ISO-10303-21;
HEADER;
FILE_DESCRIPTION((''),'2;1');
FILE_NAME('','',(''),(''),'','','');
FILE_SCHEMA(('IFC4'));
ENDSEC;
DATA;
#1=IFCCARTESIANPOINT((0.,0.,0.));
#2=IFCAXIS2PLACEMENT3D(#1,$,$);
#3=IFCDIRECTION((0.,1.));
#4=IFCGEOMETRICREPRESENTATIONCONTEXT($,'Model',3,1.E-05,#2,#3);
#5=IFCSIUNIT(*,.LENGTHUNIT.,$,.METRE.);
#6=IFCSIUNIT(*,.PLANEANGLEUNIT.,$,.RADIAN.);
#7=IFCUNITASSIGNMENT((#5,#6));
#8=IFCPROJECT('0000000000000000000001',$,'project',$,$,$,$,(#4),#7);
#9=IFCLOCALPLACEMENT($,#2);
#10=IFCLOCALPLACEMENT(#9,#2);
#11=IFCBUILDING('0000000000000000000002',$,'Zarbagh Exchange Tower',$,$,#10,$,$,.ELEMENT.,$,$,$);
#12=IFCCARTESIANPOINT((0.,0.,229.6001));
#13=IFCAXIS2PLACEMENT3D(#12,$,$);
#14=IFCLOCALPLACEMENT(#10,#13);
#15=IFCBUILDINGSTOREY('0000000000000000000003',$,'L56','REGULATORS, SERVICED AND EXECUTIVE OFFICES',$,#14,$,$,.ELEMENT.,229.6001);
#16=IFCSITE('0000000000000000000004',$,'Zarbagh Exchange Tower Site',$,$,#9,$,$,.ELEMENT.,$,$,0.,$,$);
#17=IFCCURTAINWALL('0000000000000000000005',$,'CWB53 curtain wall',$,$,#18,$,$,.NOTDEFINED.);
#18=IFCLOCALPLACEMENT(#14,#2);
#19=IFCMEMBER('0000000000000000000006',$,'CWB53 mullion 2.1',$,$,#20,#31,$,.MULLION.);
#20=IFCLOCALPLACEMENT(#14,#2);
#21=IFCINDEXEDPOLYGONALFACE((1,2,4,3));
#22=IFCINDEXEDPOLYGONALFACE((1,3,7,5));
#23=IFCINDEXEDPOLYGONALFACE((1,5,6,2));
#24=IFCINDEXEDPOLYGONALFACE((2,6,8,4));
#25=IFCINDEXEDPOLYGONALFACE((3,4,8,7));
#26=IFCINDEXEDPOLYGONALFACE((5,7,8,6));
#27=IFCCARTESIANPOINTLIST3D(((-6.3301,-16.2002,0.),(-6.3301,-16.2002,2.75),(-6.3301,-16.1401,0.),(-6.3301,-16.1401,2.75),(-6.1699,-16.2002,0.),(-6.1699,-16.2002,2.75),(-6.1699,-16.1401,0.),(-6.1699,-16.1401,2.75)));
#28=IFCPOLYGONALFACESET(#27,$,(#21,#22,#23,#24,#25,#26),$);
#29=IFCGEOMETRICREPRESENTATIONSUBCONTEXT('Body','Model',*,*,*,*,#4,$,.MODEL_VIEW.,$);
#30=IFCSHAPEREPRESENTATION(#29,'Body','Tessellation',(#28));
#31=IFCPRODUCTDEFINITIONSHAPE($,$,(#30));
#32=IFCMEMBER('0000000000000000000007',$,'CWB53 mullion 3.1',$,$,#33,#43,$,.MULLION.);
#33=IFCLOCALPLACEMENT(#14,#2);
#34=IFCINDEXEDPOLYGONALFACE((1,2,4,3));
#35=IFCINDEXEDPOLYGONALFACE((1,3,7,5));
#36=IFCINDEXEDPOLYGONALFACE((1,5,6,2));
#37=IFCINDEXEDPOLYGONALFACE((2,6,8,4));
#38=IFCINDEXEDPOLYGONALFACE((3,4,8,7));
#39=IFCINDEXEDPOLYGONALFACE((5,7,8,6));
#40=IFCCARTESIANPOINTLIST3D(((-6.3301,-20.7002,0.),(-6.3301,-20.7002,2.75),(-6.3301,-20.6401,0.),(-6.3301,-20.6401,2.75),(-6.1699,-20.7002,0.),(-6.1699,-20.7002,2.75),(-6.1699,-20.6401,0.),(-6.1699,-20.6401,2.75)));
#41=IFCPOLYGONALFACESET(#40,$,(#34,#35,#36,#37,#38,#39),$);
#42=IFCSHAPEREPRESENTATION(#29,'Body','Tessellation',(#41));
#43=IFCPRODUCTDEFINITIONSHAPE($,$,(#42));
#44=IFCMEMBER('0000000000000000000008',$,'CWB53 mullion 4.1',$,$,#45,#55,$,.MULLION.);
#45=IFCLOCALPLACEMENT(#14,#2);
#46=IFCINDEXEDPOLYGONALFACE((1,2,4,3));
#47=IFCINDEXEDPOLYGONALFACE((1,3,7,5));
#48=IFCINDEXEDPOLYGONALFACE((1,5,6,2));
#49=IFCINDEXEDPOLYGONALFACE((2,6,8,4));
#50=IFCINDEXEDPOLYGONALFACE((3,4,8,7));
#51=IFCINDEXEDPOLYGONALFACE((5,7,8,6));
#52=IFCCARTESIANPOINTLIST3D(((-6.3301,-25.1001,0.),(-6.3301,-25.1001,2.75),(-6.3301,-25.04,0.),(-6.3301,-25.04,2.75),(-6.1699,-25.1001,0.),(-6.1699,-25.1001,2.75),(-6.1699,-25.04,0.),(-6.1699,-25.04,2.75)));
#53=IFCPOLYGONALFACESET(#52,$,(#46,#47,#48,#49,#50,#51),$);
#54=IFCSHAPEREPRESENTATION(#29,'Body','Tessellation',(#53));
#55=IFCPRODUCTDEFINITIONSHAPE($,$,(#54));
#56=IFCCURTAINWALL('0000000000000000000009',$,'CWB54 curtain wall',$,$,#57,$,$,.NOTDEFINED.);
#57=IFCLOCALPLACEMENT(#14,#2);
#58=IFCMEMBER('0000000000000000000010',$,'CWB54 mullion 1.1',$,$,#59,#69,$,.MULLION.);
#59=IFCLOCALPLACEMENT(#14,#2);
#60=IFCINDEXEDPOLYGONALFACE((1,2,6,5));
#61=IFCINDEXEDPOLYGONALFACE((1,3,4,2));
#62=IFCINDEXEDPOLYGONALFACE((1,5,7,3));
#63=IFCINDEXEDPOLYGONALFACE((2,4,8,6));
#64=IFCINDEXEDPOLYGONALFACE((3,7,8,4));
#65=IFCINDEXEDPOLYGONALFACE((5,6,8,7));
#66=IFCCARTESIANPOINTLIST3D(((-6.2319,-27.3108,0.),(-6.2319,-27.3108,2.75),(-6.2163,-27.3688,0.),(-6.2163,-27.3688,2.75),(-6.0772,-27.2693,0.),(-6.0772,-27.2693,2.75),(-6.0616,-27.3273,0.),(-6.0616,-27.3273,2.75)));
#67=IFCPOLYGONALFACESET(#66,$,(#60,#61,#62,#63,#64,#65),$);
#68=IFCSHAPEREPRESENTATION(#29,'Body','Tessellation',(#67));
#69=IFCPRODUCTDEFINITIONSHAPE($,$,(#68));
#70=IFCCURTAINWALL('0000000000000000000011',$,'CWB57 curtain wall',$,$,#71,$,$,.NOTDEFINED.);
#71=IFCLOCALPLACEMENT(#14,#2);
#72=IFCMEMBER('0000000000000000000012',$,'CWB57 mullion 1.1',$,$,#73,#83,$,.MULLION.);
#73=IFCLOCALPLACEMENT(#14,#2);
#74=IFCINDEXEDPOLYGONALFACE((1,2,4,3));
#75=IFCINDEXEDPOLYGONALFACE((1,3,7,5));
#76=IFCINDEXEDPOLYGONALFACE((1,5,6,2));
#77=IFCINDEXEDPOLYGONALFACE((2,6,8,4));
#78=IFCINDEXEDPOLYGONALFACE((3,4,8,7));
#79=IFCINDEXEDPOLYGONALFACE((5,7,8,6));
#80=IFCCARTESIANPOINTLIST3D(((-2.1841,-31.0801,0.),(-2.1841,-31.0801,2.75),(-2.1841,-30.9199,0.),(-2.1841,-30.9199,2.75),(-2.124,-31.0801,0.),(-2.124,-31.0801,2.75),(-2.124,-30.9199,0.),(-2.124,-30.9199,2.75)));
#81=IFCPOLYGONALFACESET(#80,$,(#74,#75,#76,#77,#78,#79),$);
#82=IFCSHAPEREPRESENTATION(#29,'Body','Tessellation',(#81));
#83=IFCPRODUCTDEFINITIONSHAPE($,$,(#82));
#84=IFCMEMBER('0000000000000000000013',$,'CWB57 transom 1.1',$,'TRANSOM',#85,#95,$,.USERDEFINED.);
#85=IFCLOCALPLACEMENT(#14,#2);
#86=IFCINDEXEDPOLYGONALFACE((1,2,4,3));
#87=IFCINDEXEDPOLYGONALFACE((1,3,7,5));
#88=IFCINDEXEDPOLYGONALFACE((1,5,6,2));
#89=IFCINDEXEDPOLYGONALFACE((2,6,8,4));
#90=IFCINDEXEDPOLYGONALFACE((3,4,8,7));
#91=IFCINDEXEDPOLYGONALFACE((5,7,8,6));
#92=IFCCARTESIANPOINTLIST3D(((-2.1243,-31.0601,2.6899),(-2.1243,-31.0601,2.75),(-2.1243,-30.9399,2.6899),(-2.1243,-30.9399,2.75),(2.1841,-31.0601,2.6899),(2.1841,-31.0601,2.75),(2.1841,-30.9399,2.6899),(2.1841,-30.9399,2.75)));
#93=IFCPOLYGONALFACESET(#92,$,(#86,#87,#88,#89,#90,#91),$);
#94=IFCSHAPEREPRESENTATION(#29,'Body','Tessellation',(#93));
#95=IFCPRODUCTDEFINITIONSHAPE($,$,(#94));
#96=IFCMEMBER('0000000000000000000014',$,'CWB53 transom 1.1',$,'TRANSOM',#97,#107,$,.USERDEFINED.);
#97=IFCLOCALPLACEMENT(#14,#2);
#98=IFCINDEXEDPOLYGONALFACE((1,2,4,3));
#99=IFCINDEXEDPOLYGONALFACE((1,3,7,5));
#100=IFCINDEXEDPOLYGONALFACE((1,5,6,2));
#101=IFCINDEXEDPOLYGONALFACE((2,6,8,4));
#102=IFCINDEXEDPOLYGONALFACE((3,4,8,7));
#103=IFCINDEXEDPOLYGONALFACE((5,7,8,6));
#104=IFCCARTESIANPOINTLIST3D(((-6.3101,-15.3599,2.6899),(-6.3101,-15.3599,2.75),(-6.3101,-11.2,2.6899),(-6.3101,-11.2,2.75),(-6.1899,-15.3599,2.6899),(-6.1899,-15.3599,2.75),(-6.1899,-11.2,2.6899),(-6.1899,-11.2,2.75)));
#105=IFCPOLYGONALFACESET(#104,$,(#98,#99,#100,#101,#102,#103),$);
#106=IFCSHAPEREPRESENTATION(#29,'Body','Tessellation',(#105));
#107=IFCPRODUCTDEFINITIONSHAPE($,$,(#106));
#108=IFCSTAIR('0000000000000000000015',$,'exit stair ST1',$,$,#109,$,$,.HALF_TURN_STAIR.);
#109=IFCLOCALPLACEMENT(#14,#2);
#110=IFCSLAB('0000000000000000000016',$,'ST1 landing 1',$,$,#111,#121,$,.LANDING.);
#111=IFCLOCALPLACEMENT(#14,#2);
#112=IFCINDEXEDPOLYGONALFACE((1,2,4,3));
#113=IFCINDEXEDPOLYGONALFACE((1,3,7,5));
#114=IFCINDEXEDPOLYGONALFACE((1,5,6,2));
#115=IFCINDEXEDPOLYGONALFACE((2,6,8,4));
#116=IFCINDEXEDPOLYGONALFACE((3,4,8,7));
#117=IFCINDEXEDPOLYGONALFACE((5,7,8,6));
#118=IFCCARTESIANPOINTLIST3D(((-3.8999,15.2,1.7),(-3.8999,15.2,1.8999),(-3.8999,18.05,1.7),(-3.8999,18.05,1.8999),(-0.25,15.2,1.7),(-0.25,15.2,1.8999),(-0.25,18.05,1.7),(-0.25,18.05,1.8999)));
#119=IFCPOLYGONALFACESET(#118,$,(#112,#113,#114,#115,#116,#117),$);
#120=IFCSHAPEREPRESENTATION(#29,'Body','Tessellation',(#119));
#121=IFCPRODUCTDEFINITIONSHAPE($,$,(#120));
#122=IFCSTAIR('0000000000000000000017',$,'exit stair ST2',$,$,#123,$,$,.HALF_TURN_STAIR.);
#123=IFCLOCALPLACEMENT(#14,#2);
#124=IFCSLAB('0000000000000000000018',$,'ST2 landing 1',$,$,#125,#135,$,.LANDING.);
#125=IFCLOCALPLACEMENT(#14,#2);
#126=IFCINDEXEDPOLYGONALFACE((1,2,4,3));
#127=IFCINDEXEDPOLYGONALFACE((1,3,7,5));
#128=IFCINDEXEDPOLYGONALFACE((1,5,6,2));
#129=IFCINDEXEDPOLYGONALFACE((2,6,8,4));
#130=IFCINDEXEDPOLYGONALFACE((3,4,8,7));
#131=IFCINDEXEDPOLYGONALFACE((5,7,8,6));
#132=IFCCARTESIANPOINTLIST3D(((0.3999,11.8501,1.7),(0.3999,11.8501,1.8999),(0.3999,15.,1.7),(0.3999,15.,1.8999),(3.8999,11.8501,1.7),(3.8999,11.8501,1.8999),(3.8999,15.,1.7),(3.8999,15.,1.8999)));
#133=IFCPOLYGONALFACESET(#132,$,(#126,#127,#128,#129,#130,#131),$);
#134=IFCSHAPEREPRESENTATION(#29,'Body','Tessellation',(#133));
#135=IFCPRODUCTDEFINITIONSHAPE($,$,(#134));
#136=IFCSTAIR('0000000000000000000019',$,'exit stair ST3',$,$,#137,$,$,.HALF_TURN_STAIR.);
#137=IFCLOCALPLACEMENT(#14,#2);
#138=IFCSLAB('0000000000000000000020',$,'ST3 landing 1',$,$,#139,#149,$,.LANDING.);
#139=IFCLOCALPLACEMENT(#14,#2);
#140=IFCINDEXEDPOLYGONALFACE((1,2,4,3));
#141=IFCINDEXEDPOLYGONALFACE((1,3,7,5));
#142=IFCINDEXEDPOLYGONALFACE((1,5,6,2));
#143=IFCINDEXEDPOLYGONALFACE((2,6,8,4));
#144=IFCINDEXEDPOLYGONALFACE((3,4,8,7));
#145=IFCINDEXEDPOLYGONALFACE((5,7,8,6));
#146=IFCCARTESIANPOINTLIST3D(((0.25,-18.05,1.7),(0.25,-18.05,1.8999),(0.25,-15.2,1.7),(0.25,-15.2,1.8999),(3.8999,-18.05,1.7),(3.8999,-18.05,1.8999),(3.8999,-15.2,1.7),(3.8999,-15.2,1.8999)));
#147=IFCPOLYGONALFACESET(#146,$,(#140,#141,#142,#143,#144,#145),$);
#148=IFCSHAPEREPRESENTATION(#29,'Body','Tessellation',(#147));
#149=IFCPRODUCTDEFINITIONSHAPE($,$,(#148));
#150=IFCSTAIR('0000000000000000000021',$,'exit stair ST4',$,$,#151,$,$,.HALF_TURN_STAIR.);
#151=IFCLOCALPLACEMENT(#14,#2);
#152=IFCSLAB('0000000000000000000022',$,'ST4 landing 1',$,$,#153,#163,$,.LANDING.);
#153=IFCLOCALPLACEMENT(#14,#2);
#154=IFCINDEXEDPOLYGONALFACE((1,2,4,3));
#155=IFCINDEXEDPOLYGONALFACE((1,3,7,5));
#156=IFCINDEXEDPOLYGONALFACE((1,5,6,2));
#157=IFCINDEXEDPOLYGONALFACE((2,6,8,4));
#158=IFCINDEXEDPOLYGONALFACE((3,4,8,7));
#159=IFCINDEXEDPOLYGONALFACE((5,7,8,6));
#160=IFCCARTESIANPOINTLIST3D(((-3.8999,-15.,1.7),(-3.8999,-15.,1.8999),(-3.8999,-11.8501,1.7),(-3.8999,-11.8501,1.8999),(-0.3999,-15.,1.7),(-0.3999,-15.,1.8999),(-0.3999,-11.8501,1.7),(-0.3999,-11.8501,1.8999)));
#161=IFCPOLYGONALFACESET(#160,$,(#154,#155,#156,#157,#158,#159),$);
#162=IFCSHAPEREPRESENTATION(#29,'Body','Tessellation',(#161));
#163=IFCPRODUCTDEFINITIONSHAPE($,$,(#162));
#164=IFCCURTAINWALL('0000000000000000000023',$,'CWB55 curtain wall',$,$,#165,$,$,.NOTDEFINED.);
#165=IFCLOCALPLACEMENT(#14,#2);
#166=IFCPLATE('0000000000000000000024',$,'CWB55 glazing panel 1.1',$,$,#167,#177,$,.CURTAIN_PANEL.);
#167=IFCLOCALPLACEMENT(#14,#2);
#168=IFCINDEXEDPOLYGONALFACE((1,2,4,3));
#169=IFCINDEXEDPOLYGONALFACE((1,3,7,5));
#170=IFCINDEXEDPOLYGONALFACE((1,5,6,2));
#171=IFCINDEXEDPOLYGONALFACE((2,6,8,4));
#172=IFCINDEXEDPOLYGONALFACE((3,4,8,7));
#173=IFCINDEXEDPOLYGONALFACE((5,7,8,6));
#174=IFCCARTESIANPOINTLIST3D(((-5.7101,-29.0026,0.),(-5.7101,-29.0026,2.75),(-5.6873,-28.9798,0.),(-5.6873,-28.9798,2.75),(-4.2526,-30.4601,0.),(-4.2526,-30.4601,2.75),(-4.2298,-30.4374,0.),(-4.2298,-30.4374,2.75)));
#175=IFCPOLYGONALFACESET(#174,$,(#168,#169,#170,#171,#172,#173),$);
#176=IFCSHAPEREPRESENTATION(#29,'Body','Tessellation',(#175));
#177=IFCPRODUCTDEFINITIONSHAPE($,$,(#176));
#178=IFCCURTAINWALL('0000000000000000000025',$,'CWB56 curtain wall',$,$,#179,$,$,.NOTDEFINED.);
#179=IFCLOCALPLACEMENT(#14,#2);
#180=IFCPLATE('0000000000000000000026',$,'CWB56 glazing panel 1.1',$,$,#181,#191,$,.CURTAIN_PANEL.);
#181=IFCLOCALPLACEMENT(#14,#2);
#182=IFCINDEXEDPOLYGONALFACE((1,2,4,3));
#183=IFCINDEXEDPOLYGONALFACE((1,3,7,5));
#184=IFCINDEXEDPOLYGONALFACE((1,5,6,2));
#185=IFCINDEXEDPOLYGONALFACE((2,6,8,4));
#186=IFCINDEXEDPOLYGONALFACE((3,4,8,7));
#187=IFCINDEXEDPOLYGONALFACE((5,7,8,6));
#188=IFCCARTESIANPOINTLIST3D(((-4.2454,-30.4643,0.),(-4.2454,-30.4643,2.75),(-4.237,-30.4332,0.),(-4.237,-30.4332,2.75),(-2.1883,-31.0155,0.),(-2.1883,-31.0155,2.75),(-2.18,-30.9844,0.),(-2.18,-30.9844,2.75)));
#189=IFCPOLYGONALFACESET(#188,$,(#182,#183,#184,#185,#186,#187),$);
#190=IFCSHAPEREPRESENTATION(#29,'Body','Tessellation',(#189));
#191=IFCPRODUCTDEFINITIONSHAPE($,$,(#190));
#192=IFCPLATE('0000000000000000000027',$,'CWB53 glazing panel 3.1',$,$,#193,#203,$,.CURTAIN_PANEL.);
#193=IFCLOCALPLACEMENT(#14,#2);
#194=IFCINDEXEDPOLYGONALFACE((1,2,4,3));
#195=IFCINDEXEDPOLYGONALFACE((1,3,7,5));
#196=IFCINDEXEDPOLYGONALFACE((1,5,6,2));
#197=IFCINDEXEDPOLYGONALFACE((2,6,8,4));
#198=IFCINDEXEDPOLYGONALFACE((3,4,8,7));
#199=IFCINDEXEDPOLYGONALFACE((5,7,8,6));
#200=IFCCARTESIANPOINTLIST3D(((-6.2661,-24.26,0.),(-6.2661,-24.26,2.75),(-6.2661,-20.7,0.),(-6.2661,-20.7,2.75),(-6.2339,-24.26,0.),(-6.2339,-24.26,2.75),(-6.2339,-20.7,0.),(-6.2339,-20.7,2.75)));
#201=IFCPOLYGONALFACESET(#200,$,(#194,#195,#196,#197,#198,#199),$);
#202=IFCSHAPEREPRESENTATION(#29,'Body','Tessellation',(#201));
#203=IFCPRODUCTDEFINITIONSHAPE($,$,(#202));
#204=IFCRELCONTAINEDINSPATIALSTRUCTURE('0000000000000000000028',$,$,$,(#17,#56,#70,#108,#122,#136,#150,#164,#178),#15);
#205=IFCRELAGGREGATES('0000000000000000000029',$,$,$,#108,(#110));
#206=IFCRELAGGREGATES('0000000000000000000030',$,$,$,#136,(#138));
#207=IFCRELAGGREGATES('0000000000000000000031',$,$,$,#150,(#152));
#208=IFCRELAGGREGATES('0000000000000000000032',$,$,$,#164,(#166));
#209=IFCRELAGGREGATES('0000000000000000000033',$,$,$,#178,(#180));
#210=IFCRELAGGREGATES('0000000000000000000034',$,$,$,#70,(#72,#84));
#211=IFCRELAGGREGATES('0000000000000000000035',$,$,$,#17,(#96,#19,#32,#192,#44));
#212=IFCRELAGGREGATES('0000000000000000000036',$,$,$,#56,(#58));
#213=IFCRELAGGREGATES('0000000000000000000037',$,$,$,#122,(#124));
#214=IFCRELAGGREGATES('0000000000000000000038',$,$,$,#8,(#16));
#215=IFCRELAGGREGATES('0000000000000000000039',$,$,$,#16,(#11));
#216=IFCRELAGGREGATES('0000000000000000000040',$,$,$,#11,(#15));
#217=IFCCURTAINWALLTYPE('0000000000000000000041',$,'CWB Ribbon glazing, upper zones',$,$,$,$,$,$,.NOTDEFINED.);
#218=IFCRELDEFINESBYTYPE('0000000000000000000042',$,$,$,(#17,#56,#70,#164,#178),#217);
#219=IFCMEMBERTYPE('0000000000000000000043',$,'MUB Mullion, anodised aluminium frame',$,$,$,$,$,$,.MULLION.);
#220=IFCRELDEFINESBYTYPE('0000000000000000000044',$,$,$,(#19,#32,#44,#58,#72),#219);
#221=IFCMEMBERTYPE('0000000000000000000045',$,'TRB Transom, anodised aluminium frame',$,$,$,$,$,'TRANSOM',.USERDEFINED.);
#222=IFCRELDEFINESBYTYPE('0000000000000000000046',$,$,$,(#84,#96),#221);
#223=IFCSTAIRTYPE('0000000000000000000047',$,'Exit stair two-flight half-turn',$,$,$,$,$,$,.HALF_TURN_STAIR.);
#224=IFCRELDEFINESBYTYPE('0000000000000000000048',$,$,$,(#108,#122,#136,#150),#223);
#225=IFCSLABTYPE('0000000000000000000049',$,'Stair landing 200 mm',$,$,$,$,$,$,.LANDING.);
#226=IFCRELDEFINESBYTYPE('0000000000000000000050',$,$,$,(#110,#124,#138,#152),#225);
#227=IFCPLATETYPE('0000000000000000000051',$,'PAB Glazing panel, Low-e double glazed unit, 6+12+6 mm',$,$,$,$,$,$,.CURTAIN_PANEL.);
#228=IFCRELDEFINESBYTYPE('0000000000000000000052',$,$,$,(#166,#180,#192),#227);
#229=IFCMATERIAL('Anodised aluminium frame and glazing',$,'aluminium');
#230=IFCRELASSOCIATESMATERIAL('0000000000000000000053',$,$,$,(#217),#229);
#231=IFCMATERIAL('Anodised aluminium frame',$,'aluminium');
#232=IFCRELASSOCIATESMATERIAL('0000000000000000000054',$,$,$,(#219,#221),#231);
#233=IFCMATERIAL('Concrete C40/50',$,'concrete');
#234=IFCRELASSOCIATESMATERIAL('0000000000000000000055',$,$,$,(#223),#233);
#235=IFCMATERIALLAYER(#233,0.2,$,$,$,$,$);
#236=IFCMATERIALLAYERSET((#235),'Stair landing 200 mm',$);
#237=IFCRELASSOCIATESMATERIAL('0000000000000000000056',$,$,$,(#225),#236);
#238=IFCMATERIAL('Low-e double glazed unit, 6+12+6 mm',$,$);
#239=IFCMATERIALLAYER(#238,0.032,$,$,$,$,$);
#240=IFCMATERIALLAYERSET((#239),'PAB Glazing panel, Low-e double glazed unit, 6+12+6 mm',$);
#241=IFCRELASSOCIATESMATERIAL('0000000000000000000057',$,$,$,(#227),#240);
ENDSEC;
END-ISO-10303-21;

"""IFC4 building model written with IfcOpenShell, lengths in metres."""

from ifc_helpers import new_model, si_unit, direction, frame, origin, place, context, subcontext, project, spatial, polyline, outline, extrude, source, transform, mapped, material, layer, layer_set, type_object, element, aggregate, save


model = new_model("IFC4")

# Units and contexts
model_context = context("Model", 3, precision=1e-05, world=origin(), true_north=direction((0.0, 1.0)))
body_context = subcontext(model_context, "Body", "Model", "MODEL_VIEW")
ifc_project = project(units=[si_unit("LENGTHUNIT", "METRE"), si_unit("PLANEANGLEUNIT", "RADIAN")], contexts=[model_context])

# Site, building, storey
site_placement = place(None, origin())
site = spatial("IfcSite", under=ifc_project, at=site_placement, Name="Zarbagh Exchange Tower Site", CompositionType="ELEMENT", RefElevation=0.0)
building_placement = place(site_placement, origin())
building = spatial("IfcBuilding", under=site, at=building_placement, Name="Zarbagh Exchange Tower", CompositionType="ELEMENT")
storey_placement = place(building_placement, frame((0.0, 0.0, 229.6001)))
storey = spatial("IfcBuildingStorey", under=building, at=storey_placement, Name="L56", Description="REGULATORS, SERVICED AND EXECUTIVE OFFICES", CompositionType="ELEMENT", Elevation=229.6001)

# Curtain wall, members
ifc_material_1 = material(Name="Anodised aluminium frame and glazing", Category="aluminium")
curtain_wall_type = type_object("IfcCurtainWallType", Name="CWB Ribbon glazing, upper zones", PredefinedType="NOTDEFINED", material=ifc_material_1)
curtain_wall_1_placement = place(storey_placement, origin())
curtain_wall_1 = element("IfcCurtainWall", 1, at=curtain_wall_1_placement, inside=storey, type_object=curtain_wall_type, Name="CWB53 curtain wall", PredefinedType="NOTDEFINED")
ifc_material_2 = material(Name="Anodised aluminium frame", Category="aluminium")
member_type_1 = type_object("IfcMemberType", Name="MUB Mullion, anodised aluminium frame", PredefinedType="MULLION", material=ifc_material_2)
shared_shape_1 = source(origin(), body_context, "Body", "SweptSolid", [
    extrude(outline(polyline([(0.0, -0.0801), (0.0601, -0.0801), (0.0601, 0.0801), (0.0, 0.0801), (0.0, -0.0801)])), origin(), (0.0, 0.0, 1.0), 2.75),
])
placement = place(storey_placement, origin())
member_1 = element("IfcMember", 2, at=placement, type_object=member_type_1, Name="CWB53 mullion 2.1", PredefinedType="MULLION", context=body_context, shape_type="MappedRepresentation", body=[
    mapped(shared_shape_1, transform((-6.25, -16.1401, 0.0), x_axis=(0.0, -1.0, 0.0), y_axis=(1.0, 0.0, 0.0), z_axis=(0.0, 0.0, 1.0))),
])
member_2 = element("IfcMember", 3, at=placement, type_object=member_type_1, Name="CWB53 mullion 3.1", PredefinedType="MULLION", context=body_context, shape_type="MappedRepresentation", body=[
    mapped(shared_shape_1, transform((-6.25, -20.6401, 0.0), x_axis=(0.0, -1.0, 0.0), y_axis=(1.0, 0.0, 0.0), z_axis=(0.0, 0.0, 1.0))),
])
member_3 = element("IfcMember", 4, at=placement, type_object=member_type_1, Name="CWB53 mullion 4.1", PredefinedType="MULLION", context=body_context, shape_type="MappedRepresentation", body=[
    mapped(shared_shape_1, transform((-6.25, -25.04, 0.0), x_axis=(0.0, -1.0, 0.0), y_axis=(1.0, 0.0, 0.0), z_axis=(0.0, 0.0, 1.0))),
])

# Curtain wall, member
curtain_wall_2_placement = place(storey_placement, origin())
curtain_wall_2 = element("IfcCurtainWall", 5, at=curtain_wall_2_placement, inside=storey, type_object=curtain_wall_type, Name="CWB54 curtain wall", PredefinedType="NOTDEFINED")
member_4 = element("IfcMember", 6, at=placement, type_object=member_type_1, Name="CWB54 mullion 1.1", PredefinedType="MULLION", context=body_context, shape_type="MappedRepresentation", body=[
    mapped(shared_shape_1, transform((-6.1545, -27.29, 0.0), x_axis=(0.258825, -0.965924, 0.0), y_axis=(0.965924, 0.258825, 0.0), z_axis=(0.0, 0.0, 1.0))),
])

# Curtain wall, members
curtain_wall_3_placement = place(storey_placement, origin())
curtain_wall_3 = element("IfcCurtainWall", 7, at=curtain_wall_3_placement, inside=storey, type_object=curtain_wall_type, Name="CWB57 curtain wall", PredefinedType="NOTDEFINED")
member_5 = element("IfcMember", 8, at=placement, type_object=member_type_1, Name="CWB57 mullion 1.1", PredefinedType="MULLION", context=body_context, shape_type="MappedRepresentation", body=[
    mapped(shared_shape_1, transform((-2.1841, -31.0, 0.0), x_axis=(1.0, 0.0, 0.0), y_axis=(0.0, 1.0, 0.0), z_axis=(0.0, 0.0, 1.0))),
])
member_type_2 = type_object("IfcMemberType", Name="TRB Transom, anodised aluminium frame", ElementType="TRANSOM", PredefinedType="USERDEFINED", material=ifc_material_2)
shared_shape_2 = source(origin(), body_context, "Body", "SweptSolid", [
    extrude(outline(polyline([(-0.0601, -0.0601), (0.0, -0.0601), (0.0, 0.0601), (-0.0601, 0.0601), (-0.0601, -0.0601)])), origin(), (0.0, 0.0, 1.0), 4.3083),
])
member_6 = element("IfcMember", 9, at=placement, type_object=member_type_2, Name="CWB57 transom 1.1", ObjectType="TRANSOM", PredefinedType="USERDEFINED", context=body_context, shape_type="MappedRepresentation", body=[
    mapped(shared_shape_2, transform((-2.1243, -31.0, 2.75), x_axis=(0.0, 0.0, 1.0), y_axis=(0.0, -1.0, 0.0), z_axis=(1.0, 0.0, 0.0))),
])

# Member
shared_shape_3 = source(origin(), body_context, "Body", "SweptSolid", [
    extrude(outline(polyline([(-0.0601, -0.0601), (0.0, -0.0601), (0.0, 0.0601), (-0.0601, 0.0601), (-0.0601, -0.0601)])), origin(), (0.0, 0.0, 1.0), 4.1599),
])
member_7 = element("IfcMember", 10, at=placement, type_object=member_type_2, Name="CWB53 transom 1.1", ObjectType="TRANSOM", PredefinedType="USERDEFINED", context=body_context, shape_type="MappedRepresentation", body=[
    mapped(shared_shape_3, transform((-6.25, -11.2, 2.75), x_axis=(0.0, 0.0, 1.0), y_axis=(-1.0, 0.0, 0.0), z_axis=(0.0, -1.0, 0.0))),
])

# Stairs, slabs
ifc_material_3 = material(Name="Concrete C40/50", Category="concrete")
stair_type = type_object("IfcStairType", Name="Exit stair two-flight half-turn", PredefinedType="HALF_TURN_STAIR", material=ifc_material_3)
stair_1_placement = place(storey_placement, origin())
stair_1 = element("IfcStair", 11, at=stair_1_placement, inside=storey, type_object=stair_type, Name="exit stair ST1", PredefinedType="HALF_TURN_STAIR")
ifc_layer_1 = layer(ifc_material_3, 0.2)
ifc_layer_set_1 = layer_set([ifc_layer_1], Name="Stair landing 200 mm")
slab_type = type_object("IfcSlabType", Name="Stair landing 200 mm", PredefinedType="LANDING", material=ifc_layer_set_1)
slab_1_placement = place(storey_placement, frame((0.0, 0.0, 1.7)))
slab_1 = element("IfcSlab", 12, at=slab_1_placement, type_object=slab_type, Name="ST1 landing 1", PredefinedType="LANDING", context=body_context, shape_type="SweptSolid", body=[
    extrude(outline(polyline([(-0.25, 18.05), (-3.8999, 18.05), (-3.8999, 15.2), (-0.25, 15.2), (-0.25, 18.05)])), origin(), (0.0, 0.0, 1.0), 0.2),
])
aggregate(stair_1, [slab_1])
stair_2_placement = place(storey_placement, origin())
stair_2 = element("IfcStair", 13, at=stair_2_placement, inside=storey, type_object=stair_type, Name="exit stair ST2", PredefinedType="HALF_TURN_STAIR")
slab_2_placement = place(storey_placement, frame((0.0, 0.0, 1.7)))
slab_2 = element("IfcSlab", 14, at=slab_2_placement, type_object=slab_type, Name="ST2 landing 1", PredefinedType="LANDING", context=body_context, shape_type="SweptSolid", body=[
    extrude(outline(polyline([(0.3999, 11.8501), (3.8999, 11.8501), (3.8999, 15.0), (0.3999, 15.0), (0.3999, 11.8501)])), origin(), (0.0, 0.0, 1.0), 0.2),
])
stair_3_placement = place(storey_placement, origin())
stair_3 = element("IfcStair", 15, at=stair_3_placement, inside=storey, type_object=stair_type, Name="exit stair ST3", PredefinedType="HALF_TURN_STAIR")
slab_3_placement = place(storey_placement, frame((0.0, 0.0, 1.7)))
slab_3 = element("IfcSlab", 16, at=slab_3_placement, type_object=slab_type, Name="ST3 landing 1", PredefinedType="LANDING", context=body_context, shape_type="SweptSolid", body=[
    extrude(outline(polyline([(0.25, -18.05), (3.8999, -18.05), (3.8999, -15.2), (0.25, -15.2), (0.25, -18.05)])), origin(), (0.0, 0.0, 1.0), 0.2),
])
aggregate(stair_3, [slab_3])
stair_4_placement = place(storey_placement, origin())
stair_4 = element("IfcStair", 17, at=stair_4_placement, inside=storey, type_object=stair_type, Name="exit stair ST4", PredefinedType="HALF_TURN_STAIR")
slab_4_placement = place(storey_placement, frame((0.0, 0.0, 1.7)))
slab_4 = element("IfcSlab", 18, at=slab_4_placement, type_object=slab_type, Name="ST4 landing 1", PredefinedType="LANDING", context=body_context, shape_type="SweptSolid", body=[
    extrude(outline(polyline([(-0.3999, -11.8501), (-3.8999, -11.8501), (-3.8999, -15.0), (-0.3999, -15.0), (-0.3999, -11.8501)])), origin(), (0.0, 0.0, 1.0), 0.2),
])
aggregate(stair_4, [slab_4])

# Curtain walls, plates
curtain_wall_4_placement = place(storey_placement, origin())
curtain_wall_4 = element("IfcCurtainWall", 19, at=curtain_wall_4_placement, inside=storey, type_object=curtain_wall_type, Name="CWB55 curtain wall", PredefinedType="NOTDEFINED")
ifc_material_4 = material(Name="Low-e double glazed unit, 6+12+6 mm")
ifc_layer_2 = layer(ifc_material_4, 0.032)
ifc_layer_set_2 = layer_set([ifc_layer_2], Name="PAB Glazing panel, Low-e double glazed unit, 6+12+6 mm")
plate_type = type_object("IfcPlateType", Name="PAB Glazing panel, Low-e double glazed unit, 6+12+6 mm", PredefinedType="CURTAIN_PANEL", material=ifc_layer_set_2)
shared_shape_4 = source(origin(), body_context, "Body", "SweptSolid", [
    extrude(outline(polyline([(0.0, -0.0161), (2.0613, -0.0161), (2.0613, 0.0161), (0.0, 0.0161), (0.0, -0.0161)])), origin(), (0.0, 0.0, 1.0), 2.75),
])
plate_1 = element("IfcPlate", 20, at=placement, type_object=plate_type, Name="CWB55 glazing panel 1.1", PredefinedType="CURTAIN_PANEL", context=body_context, shape_type="MappedRepresentation", body=[
    mapped(shared_shape_4, transform((-5.6987, -28.9912, 0.0), x_axis=(0.707107, -0.707107, 0.0), y_axis=(0.707107, 0.707107, 0.0), z_axis=(0.0, 0.0, 1.0))),
])
aggregate(curtain_wall_4, [plate_1])
curtain_wall_5_placement = place(storey_placement, origin())
curtain_wall_5 = element("IfcCurtainWall", 21, at=curtain_wall_5_placement, inside=storey, type_object=curtain_wall_type, Name="CWB56 curtain wall", PredefinedType="NOTDEFINED")
shared_shape_5 = source(origin(), body_context, "Body", "SweptSolid", [
    extrude(outline(polyline([(0.0, -0.0161), (2.1296, -0.0161), (2.1296, 0.0161), (0.0, 0.0161), (0.0, -0.0161)])), origin(), (0.0, 0.0, 1.0), 2.75),
])
plate_2 = element("IfcPlate", 22, at=placement, type_object=plate_type, Name="CWB56 glazing panel 1.1", PredefinedType="CURTAIN_PANEL", context=body_context, shape_type="MappedRepresentation", body=[
    mapped(shared_shape_5, transform((-4.2412, -30.4487, 0.0), x_axis=(0.965924, -0.258825, 0.0), y_axis=(0.258825, 0.965924, 0.0), z_axis=(0.0, 0.0, 1.0))),
])
aggregate(curtain_wall_5, [plate_2])

# Plate
shared_shape_6 = source(origin(), body_context, "Body", "SweptSolid", [
    extrude(outline(polyline([(0.0, -0.0161), (3.5601, -0.0161), (3.5601, 0.0161), (0.0, 0.0161), (0.0, -0.0161)])), origin(), (0.0, 0.0, 1.0), 2.75),
])
plate_3 = element("IfcPlate", 23, at=placement, type_object=plate_type, Name="CWB53 glazing panel 3.1", PredefinedType="CURTAIN_PANEL", context=body_context, shape_type="MappedRepresentation", body=[
    mapped(shared_shape_6, transform((-6.25, -20.7, 0.0), x_axis=(0.0, -1.0, 0.0), y_axis=(1.0, 0.0, 0.0), z_axis=(0.0, 0.0, 1.0))),
])
aggregate(curtain_wall_3, [member_5, member_6])
aggregate(curtain_wall_1, [member_7, member_1, member_2, plate_3, member_3])
aggregate(curtain_wall_2, [member_4])

aggregate(stair_2, [slab_2])

save(model, "model.ifc")
